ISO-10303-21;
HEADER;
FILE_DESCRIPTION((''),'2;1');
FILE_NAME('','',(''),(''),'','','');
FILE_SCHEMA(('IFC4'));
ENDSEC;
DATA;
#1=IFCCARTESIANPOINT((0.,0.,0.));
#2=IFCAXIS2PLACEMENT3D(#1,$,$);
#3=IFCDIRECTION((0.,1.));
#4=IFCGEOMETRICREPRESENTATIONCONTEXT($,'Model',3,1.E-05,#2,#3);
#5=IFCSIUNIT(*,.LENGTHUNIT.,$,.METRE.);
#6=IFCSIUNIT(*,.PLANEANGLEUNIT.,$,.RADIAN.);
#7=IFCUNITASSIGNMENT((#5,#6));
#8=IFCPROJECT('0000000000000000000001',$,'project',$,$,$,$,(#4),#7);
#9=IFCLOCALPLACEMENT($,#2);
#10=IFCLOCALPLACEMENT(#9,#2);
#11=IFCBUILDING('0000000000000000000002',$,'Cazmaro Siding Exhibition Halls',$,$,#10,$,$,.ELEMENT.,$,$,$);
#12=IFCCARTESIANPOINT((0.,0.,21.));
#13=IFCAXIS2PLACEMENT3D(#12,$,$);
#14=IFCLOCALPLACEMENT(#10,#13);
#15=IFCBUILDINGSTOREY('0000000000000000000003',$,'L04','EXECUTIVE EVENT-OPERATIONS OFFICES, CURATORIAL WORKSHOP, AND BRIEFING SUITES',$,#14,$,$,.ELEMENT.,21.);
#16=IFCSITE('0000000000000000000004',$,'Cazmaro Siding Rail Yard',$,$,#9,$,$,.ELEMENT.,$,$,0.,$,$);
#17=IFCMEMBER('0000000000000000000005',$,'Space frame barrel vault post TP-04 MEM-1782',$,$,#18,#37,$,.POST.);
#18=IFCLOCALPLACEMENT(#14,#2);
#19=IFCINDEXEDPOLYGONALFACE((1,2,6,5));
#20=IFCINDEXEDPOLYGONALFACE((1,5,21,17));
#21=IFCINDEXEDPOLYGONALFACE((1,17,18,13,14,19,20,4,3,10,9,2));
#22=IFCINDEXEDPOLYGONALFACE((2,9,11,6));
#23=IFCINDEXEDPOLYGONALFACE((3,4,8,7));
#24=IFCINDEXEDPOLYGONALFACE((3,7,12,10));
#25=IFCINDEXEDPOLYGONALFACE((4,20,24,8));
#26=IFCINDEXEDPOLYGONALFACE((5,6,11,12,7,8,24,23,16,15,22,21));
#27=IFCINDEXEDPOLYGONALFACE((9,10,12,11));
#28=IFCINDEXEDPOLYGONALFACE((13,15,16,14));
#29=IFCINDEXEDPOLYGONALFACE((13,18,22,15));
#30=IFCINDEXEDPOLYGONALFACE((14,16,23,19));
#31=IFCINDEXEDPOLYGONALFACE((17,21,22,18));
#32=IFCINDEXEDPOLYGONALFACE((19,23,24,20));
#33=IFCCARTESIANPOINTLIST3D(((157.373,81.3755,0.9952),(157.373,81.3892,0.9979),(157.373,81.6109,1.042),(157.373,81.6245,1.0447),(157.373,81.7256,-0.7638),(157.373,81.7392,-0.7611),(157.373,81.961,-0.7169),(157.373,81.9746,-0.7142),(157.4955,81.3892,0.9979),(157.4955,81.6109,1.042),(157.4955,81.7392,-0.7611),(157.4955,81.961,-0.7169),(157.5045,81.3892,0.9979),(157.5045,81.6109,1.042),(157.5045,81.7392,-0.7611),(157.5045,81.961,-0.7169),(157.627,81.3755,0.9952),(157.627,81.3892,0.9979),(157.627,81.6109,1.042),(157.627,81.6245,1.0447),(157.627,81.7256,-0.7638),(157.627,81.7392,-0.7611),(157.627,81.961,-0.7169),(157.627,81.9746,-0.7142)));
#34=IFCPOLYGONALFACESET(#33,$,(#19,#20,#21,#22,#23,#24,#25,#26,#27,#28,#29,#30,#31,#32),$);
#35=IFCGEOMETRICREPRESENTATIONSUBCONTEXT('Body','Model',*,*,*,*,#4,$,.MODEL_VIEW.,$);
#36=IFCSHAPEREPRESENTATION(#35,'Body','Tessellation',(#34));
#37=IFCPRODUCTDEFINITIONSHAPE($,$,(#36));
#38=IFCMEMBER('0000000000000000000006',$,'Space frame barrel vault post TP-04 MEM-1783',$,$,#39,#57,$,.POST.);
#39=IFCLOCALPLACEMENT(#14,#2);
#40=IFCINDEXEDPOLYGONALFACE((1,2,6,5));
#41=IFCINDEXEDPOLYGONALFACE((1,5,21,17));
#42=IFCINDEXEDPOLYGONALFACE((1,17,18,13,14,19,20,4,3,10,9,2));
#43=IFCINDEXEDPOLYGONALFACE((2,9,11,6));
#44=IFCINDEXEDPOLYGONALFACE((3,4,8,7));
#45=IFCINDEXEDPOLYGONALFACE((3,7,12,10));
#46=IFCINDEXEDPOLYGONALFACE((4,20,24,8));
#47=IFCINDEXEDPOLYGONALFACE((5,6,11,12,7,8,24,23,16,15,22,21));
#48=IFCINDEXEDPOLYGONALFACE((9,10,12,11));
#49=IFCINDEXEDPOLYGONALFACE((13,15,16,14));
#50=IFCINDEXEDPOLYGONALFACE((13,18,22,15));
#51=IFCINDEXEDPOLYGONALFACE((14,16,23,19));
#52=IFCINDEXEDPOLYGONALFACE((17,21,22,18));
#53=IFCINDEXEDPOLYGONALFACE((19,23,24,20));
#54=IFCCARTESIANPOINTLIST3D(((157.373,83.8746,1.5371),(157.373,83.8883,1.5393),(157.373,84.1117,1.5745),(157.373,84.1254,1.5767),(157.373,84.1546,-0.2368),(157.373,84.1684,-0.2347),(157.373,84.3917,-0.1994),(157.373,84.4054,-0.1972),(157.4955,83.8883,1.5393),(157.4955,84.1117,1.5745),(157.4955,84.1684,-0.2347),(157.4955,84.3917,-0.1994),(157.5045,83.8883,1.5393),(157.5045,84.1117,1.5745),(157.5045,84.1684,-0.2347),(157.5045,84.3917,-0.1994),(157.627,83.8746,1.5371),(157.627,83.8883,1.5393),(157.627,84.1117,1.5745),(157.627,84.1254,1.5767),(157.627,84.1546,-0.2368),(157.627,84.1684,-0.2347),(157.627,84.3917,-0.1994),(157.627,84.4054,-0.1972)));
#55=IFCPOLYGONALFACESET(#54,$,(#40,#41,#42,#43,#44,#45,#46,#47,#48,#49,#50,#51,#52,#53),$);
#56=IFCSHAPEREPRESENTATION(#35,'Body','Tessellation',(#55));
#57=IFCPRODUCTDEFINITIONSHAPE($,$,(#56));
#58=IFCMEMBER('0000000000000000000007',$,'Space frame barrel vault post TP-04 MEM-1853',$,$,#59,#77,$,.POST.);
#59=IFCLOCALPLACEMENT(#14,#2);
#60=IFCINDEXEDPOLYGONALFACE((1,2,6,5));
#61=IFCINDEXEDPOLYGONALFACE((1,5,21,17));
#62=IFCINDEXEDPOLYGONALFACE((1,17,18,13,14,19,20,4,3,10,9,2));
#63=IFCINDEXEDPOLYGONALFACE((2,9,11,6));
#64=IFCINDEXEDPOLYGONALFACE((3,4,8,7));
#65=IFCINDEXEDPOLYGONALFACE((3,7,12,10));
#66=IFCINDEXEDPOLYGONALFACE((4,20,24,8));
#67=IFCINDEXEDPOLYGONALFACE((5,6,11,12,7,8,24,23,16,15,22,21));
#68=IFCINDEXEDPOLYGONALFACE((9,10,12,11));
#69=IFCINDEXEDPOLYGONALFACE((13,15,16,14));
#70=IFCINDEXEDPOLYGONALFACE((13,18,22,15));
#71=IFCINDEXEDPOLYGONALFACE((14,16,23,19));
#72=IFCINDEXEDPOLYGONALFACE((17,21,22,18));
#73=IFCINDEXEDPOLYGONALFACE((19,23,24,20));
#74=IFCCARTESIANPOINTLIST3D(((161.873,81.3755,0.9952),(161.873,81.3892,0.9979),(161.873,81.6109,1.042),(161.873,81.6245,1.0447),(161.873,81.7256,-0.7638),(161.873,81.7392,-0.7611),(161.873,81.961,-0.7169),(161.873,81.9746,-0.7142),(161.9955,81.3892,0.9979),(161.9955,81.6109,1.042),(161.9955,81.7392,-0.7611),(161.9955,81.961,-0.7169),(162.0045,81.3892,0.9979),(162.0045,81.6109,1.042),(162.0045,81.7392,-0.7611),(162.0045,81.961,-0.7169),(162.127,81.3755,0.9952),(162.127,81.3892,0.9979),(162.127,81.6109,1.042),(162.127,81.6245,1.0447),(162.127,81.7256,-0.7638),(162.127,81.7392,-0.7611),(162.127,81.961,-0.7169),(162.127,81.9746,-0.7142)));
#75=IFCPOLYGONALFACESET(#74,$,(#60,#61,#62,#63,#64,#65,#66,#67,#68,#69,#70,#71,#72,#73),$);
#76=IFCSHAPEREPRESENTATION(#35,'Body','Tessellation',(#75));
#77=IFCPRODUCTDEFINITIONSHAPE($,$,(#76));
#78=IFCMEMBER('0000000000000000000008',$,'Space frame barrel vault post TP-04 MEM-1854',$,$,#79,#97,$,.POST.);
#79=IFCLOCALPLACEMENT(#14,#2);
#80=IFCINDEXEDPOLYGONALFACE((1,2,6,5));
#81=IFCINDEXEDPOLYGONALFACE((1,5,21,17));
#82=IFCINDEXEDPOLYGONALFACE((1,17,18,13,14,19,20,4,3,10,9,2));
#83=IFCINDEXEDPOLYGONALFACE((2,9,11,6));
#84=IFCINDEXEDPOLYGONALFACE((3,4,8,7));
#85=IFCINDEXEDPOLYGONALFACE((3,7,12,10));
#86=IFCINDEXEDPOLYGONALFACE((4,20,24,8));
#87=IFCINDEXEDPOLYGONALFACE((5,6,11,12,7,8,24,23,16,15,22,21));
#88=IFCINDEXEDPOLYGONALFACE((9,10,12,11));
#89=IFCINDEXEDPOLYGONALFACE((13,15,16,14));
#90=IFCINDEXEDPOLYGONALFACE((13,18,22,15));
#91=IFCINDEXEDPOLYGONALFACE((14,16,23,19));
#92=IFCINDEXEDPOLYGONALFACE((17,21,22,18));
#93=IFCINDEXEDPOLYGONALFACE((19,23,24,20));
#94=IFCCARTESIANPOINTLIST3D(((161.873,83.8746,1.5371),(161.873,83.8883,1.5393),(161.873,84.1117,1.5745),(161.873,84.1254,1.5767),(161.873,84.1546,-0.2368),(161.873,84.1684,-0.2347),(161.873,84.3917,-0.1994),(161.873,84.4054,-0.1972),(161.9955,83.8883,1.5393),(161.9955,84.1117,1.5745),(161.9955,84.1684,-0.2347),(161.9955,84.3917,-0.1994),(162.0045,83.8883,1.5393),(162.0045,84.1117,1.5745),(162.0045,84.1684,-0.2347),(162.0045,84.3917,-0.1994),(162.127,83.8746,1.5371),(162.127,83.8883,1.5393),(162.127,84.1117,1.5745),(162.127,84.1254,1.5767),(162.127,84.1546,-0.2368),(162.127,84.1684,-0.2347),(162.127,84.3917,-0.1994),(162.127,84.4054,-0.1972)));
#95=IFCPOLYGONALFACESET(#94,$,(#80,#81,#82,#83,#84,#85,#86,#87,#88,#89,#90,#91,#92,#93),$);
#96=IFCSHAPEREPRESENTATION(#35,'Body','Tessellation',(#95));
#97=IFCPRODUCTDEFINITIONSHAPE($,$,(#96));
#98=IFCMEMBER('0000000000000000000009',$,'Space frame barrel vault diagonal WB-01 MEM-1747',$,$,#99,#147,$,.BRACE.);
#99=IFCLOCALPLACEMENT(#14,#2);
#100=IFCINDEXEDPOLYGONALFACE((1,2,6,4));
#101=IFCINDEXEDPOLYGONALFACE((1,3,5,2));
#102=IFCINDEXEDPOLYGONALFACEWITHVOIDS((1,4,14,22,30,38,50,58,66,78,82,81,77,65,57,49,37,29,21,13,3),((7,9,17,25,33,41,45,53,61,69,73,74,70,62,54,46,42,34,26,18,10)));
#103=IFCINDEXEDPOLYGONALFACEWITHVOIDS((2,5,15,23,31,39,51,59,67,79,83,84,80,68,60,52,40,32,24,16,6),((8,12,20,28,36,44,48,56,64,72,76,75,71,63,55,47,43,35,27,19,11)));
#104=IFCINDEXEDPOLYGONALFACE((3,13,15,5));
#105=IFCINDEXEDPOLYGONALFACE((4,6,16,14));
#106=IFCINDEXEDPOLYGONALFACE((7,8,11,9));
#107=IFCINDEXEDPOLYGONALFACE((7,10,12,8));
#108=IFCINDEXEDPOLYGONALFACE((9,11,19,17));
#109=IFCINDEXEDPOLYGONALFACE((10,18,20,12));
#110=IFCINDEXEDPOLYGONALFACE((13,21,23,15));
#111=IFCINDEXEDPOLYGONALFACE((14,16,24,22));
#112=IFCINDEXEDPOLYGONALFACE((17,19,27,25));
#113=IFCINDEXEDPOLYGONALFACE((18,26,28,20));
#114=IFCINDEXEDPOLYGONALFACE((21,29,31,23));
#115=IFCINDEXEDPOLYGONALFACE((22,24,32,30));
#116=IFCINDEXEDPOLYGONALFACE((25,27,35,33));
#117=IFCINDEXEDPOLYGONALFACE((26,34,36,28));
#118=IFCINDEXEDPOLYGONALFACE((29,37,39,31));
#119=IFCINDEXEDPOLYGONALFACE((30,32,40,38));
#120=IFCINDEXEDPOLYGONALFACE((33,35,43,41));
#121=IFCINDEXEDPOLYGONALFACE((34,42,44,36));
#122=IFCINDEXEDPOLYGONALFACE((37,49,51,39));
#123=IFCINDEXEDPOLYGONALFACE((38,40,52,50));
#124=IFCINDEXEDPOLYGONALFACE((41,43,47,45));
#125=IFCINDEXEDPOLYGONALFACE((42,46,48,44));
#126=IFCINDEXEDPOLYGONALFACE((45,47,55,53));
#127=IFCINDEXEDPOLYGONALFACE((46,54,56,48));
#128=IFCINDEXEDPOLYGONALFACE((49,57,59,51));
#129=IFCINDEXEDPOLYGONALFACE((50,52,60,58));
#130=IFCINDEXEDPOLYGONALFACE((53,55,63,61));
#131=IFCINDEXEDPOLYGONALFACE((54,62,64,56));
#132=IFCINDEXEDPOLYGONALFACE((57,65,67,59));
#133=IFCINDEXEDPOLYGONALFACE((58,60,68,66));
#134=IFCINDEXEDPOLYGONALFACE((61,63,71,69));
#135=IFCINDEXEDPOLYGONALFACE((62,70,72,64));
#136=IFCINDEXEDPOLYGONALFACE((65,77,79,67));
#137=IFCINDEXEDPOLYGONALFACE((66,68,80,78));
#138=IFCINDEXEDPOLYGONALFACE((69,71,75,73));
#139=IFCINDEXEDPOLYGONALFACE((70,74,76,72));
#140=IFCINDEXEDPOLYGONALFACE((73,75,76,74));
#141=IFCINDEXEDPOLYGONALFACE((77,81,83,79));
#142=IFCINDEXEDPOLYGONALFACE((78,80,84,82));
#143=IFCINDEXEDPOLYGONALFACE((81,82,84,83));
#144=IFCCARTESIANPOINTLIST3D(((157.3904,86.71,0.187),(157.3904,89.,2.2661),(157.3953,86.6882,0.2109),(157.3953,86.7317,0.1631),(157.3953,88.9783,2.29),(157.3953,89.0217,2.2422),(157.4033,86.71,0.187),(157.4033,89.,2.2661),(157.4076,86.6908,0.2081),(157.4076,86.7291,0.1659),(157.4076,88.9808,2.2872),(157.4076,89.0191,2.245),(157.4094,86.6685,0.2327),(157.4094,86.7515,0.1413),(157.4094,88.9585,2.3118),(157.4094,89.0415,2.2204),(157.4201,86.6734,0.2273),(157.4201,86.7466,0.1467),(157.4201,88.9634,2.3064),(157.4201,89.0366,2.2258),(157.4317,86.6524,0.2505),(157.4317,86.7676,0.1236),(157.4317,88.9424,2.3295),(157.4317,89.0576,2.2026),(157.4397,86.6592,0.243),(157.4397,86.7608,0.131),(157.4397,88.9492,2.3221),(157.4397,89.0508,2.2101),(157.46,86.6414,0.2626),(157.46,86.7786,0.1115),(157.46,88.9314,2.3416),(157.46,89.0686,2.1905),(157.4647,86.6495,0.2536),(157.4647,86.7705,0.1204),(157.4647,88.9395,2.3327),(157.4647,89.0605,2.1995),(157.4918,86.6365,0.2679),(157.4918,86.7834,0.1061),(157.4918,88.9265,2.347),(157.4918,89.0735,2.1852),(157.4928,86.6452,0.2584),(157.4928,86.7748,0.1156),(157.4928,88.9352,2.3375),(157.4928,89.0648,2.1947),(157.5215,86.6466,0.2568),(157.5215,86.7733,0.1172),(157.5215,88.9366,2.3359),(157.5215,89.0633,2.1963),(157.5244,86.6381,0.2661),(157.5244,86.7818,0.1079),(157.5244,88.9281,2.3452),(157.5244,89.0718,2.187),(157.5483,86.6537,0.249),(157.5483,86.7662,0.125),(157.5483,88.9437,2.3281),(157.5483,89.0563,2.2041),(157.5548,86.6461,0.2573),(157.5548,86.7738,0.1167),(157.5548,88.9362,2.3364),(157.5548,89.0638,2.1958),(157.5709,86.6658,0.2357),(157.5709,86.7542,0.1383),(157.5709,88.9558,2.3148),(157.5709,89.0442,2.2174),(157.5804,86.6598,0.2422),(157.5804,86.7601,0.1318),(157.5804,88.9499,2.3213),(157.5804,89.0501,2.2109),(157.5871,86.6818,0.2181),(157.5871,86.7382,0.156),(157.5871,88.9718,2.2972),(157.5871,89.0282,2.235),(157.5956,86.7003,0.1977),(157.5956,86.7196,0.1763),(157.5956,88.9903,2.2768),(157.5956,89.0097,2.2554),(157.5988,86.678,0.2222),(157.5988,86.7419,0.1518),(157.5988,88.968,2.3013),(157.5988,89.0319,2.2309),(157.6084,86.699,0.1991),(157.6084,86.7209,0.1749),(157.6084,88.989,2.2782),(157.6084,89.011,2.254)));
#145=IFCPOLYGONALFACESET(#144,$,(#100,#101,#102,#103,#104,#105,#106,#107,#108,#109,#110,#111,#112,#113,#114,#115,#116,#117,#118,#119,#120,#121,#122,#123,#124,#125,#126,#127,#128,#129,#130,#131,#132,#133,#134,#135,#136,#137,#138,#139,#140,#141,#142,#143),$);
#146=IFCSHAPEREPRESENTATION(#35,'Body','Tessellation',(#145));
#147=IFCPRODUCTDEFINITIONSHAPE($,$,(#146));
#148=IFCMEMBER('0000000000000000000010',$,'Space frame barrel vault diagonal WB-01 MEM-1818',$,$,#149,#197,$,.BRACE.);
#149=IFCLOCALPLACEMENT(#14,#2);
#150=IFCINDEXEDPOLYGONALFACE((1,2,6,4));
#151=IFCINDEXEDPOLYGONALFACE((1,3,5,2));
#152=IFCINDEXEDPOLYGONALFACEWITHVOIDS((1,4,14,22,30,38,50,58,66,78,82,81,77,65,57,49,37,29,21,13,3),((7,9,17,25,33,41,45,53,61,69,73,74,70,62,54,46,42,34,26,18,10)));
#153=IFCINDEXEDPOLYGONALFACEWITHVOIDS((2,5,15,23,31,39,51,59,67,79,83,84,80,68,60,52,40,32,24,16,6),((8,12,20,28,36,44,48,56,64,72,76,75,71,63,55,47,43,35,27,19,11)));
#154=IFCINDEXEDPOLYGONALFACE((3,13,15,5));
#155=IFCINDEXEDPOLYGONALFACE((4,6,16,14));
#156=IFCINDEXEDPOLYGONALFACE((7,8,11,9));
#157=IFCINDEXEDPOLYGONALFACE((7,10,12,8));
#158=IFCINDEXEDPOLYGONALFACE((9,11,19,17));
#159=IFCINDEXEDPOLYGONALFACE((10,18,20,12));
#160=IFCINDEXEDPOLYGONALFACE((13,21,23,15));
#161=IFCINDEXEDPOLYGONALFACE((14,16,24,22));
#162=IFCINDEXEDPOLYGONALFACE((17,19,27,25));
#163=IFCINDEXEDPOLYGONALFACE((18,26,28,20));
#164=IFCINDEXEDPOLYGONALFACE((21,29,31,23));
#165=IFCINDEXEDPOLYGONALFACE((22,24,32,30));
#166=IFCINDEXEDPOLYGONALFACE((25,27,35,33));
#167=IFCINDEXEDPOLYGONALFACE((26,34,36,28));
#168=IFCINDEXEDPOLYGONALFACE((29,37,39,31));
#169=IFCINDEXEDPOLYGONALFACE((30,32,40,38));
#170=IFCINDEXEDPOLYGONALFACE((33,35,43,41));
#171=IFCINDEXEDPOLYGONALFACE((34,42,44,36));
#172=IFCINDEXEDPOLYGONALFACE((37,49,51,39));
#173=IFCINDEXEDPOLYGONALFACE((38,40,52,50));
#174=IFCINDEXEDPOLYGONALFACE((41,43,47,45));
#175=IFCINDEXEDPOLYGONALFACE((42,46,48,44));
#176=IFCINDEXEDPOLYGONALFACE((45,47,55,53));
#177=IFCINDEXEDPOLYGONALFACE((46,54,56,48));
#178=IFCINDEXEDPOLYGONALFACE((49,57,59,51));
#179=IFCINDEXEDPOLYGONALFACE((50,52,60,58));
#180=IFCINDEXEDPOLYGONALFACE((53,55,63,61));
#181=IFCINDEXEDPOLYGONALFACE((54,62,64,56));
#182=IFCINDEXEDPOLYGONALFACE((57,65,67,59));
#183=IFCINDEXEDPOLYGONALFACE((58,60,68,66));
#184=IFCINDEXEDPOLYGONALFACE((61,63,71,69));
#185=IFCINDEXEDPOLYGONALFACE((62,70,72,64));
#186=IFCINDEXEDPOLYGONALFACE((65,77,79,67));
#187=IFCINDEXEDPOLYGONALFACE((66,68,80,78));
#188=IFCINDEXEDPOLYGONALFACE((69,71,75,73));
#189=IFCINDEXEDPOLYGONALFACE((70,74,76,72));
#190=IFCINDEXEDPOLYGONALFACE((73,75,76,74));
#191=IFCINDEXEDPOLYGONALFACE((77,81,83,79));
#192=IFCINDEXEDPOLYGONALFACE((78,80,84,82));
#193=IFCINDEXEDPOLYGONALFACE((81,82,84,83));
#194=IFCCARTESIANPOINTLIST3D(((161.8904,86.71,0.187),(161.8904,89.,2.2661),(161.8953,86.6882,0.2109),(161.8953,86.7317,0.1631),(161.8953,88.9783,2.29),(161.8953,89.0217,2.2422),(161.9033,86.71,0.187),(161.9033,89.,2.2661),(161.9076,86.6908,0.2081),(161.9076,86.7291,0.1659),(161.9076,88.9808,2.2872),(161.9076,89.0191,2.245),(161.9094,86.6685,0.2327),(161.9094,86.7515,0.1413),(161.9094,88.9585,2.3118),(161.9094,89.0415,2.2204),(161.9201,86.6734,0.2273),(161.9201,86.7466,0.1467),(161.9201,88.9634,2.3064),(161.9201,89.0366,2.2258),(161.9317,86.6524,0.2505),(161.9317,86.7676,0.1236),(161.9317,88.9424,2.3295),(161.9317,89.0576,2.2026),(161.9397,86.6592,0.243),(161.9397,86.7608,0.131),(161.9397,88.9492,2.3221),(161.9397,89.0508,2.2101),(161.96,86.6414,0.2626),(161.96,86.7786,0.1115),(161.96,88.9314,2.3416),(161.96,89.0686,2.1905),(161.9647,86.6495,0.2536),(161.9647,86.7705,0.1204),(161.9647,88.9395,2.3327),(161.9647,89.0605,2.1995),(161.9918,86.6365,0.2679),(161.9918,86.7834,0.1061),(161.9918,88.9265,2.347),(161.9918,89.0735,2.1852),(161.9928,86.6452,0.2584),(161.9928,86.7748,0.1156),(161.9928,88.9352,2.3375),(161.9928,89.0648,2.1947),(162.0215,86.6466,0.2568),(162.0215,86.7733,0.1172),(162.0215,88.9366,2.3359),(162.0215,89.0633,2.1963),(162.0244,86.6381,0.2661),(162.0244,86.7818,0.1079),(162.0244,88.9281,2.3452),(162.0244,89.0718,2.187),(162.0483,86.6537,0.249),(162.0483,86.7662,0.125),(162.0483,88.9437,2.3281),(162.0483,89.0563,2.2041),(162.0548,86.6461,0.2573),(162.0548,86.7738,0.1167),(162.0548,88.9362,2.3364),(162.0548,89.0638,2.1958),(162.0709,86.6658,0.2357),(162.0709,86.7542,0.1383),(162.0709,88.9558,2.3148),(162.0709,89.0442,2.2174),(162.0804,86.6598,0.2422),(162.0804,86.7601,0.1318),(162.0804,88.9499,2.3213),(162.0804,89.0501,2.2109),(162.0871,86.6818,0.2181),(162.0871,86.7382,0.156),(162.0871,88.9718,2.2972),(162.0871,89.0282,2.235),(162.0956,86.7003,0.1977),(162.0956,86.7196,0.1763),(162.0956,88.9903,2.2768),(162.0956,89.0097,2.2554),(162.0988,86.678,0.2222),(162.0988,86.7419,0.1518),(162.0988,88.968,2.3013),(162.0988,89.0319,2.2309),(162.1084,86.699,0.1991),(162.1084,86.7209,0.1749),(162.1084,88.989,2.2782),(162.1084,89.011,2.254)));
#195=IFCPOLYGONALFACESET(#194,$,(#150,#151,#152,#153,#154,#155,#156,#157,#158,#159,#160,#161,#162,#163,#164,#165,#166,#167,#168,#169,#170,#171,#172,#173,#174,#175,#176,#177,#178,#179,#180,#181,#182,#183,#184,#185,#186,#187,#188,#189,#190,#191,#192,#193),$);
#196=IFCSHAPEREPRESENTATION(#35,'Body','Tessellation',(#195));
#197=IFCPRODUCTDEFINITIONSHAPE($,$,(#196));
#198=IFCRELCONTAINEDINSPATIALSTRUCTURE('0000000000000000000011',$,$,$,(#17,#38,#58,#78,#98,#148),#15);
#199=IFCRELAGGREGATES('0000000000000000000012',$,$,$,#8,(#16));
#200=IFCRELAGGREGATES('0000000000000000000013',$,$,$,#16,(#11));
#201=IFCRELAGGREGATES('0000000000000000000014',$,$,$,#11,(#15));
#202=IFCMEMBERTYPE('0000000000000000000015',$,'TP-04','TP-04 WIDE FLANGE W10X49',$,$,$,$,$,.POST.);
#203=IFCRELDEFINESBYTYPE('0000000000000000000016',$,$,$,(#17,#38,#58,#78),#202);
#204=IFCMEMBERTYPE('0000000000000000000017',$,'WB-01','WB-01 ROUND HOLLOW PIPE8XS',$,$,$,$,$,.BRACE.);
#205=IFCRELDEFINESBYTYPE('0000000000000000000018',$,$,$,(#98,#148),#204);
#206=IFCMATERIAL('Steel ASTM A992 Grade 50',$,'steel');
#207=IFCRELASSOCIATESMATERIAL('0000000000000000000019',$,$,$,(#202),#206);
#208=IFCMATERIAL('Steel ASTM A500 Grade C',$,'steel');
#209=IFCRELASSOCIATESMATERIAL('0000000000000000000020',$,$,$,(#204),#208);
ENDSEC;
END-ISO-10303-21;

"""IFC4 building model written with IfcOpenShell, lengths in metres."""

from ifc_helpers import new_model, si_unit, direction, frame, origin, origin_2d, place, context, subcontext, project, spatial, hollow_circle, i_section, extrude, material, material_profile, profile_set, type_object, element, save


model = new_model("IFC4")

# Units and contexts
model_context = context("Model", 3, precision=1e-05, world=origin(), true_north=direction((0.0, 1.0)))
body_context = subcontext(model_context, "Body", "Model", "MODEL_VIEW")
ifc_project = project(units=[si_unit("LENGTHUNIT", "METRE"), si_unit("PLANEANGLEUNIT", "RADIAN")], contexts=[model_context])

# Site, building, storey
site_placement = place(None, origin())
site = spatial("IfcSite", under=ifc_project, at=site_placement, Name="Cazmaro Siding Rail Yard", CompositionType="ELEMENT", RefElevation=0.0)
building_placement = place(site_placement, origin())
building = spatial("IfcBuilding", under=site, at=building_placement, Name="Cazmaro Siding Exhibition Halls", CompositionType="ELEMENT")
storey_placement = place(building_placement, frame((0.0, 0.0, 21.0)))
storey = spatial("IfcBuildingStorey", under=building, at=storey_placement, Name="L04", Description="EXECUTIVE EVENT-OPERATIONS OFFICES, CURATORIAL WORKSHOP, AND BRIEFING SUITES", CompositionType="ELEMENT", Elevation=21.0)

# Members
ifc_material_1 = material(Name="Steel ASTM A992 Grade 50", Category="steel")
ifc_material_profile_1 = material_profile(ifc_material_1, i_section(OverallWidth=0.2539, OverallDepth=0.2539, WebThickness=0.009, FlangeThickness=0.0139, at=origin_2d()), Name="W10X49")
ifc_profile_set_1 = profile_set([ifc_material_profile_1], Name="Steel ASTM A992 Grade 50")
member_type_1 = type_object("IfcMemberType", Name="TP-04", Description="TP-04 WIDE FLANGE W10X49", PredefinedType="POST", material=ifc_profile_set_1)
member_1_placement = place(storey_placement, frame((157.5, 81.8501, -0.739), z_axis=(0.0, -0.1952, 0.980763), x_axis=(1.0, 0.0, 0.0)))
element("IfcMember", 1, at=member_1_placement, inside=storey, type_object=member_type_1, Name="Space frame barrel vault post TP-04 MEM-1782", PredefinedType="POST", context=body_context, shape_type="SweptSolid", body=[
    extrude(i_section(OverallWidth=0.2539, OverallDepth=0.2539, WebThickness=0.009, FlangeThickness=0.0139, at=origin_2d()), origin(), (0.0, 0.0, 1.0), 1.7935),
])
member_2_placement = place(storey_placement, frame((157.5, 84.28, -0.217), z_axis=(0.0, -0.155928, 0.987768), x_axis=(1.0, 0.0, 0.0)))
element("IfcMember", 2, at=member_2_placement, inside=storey, type_object=member_type_1, Name="Space frame barrel vault post TP-04 MEM-1783", PredefinedType="POST", context=body_context, shape_type="SweptSolid", body=[
    extrude(i_section(OverallWidth=0.2539, OverallDepth=0.2539, WebThickness=0.009, FlangeThickness=0.0139, at=origin_2d()), origin(), (0.0, 0.0, 1.0), 1.7959),
])
member_3_placement = place(storey_placement, frame((162.0, 81.8501, -0.739), z_axis=(0.0, -0.1952, 0.980763), x_axis=(1.0, 0.0, 0.0)))
element("IfcMember", 3, at=member_3_placement, inside=storey, type_object=member_type_1, Name="Space frame barrel vault post TP-04 MEM-1853", PredefinedType="POST", context=body_context, shape_type="SweptSolid", body=[
    extrude(i_section(OverallWidth=0.2539, OverallDepth=0.2539, WebThickness=0.009, FlangeThickness=0.0139, at=origin_2d()), origin(), (0.0, 0.0, 1.0), 1.7935),
])
member_4_placement = place(storey_placement, frame((162.0, 84.28, -0.217), z_axis=(0.0, -0.155928, 0.987768), x_axis=(1.0, 0.0, 0.0)))
element("IfcMember", 4, at=member_4_placement, inside=storey, type_object=member_type_1, Name="Space frame barrel vault post TP-04 MEM-1854", PredefinedType="POST", context=body_context, shape_type="SweptSolid", body=[
    extrude(i_section(OverallWidth=0.2539, OverallDepth=0.2539, WebThickness=0.009, FlangeThickness=0.0139, at=origin_2d()), origin(), (0.0, 0.0, 1.0), 1.7959),
])
ifc_material_2 = material(Name="Steel ASTM A500 Grade C", Category="steel")
ifc_material_profile_2 = material_profile(ifc_material_2, hollow_circle(Radius=0.1096, WallThickness=0.0129, at=origin_2d()), Name="PIPE8XS")
ifc_profile_set_2 = profile_set([ifc_material_profile_2], Name="Steel ASTM A500 Grade C")
member_type_2 = type_object("IfcMemberType", Name="WB-01", Description="WB-01 ROUND HOLLOW PIPE8XS", PredefinedType="BRACE", material=ifc_profile_set_2)
for number, where, z_axis, x_axis, name in (
    (5, (157.5, 86.71, 0.187), (0.0, 0.740383, 0.672185), (-1.0, 0.0, 0.0), "Space frame barrel vault diagonal WB-01 MEM-1747"),
    (6, (162.0, 86.71, 0.187), (0.0, 0.740383, 0.672185), (-1.0, 0.0, 0.0), "Space frame barrel vault diagonal WB-01 MEM-1818"),
):
    element("IfcMember", number, at=place(storey_placement, frame(where, z_axis=z_axis, x_axis=x_axis)), inside=storey, type_object=member_type_2, Name=name, PredefinedType="BRACE", context=body_context, shape_type="SweptSolid", body=[
        extrude(hollow_circle(Radius=0.1096, WallThickness=0.0129, at=origin_2d()), origin(), (0.0, 0.0, 1.0), 3.093),
    ])

save(model, "model.ifc")
